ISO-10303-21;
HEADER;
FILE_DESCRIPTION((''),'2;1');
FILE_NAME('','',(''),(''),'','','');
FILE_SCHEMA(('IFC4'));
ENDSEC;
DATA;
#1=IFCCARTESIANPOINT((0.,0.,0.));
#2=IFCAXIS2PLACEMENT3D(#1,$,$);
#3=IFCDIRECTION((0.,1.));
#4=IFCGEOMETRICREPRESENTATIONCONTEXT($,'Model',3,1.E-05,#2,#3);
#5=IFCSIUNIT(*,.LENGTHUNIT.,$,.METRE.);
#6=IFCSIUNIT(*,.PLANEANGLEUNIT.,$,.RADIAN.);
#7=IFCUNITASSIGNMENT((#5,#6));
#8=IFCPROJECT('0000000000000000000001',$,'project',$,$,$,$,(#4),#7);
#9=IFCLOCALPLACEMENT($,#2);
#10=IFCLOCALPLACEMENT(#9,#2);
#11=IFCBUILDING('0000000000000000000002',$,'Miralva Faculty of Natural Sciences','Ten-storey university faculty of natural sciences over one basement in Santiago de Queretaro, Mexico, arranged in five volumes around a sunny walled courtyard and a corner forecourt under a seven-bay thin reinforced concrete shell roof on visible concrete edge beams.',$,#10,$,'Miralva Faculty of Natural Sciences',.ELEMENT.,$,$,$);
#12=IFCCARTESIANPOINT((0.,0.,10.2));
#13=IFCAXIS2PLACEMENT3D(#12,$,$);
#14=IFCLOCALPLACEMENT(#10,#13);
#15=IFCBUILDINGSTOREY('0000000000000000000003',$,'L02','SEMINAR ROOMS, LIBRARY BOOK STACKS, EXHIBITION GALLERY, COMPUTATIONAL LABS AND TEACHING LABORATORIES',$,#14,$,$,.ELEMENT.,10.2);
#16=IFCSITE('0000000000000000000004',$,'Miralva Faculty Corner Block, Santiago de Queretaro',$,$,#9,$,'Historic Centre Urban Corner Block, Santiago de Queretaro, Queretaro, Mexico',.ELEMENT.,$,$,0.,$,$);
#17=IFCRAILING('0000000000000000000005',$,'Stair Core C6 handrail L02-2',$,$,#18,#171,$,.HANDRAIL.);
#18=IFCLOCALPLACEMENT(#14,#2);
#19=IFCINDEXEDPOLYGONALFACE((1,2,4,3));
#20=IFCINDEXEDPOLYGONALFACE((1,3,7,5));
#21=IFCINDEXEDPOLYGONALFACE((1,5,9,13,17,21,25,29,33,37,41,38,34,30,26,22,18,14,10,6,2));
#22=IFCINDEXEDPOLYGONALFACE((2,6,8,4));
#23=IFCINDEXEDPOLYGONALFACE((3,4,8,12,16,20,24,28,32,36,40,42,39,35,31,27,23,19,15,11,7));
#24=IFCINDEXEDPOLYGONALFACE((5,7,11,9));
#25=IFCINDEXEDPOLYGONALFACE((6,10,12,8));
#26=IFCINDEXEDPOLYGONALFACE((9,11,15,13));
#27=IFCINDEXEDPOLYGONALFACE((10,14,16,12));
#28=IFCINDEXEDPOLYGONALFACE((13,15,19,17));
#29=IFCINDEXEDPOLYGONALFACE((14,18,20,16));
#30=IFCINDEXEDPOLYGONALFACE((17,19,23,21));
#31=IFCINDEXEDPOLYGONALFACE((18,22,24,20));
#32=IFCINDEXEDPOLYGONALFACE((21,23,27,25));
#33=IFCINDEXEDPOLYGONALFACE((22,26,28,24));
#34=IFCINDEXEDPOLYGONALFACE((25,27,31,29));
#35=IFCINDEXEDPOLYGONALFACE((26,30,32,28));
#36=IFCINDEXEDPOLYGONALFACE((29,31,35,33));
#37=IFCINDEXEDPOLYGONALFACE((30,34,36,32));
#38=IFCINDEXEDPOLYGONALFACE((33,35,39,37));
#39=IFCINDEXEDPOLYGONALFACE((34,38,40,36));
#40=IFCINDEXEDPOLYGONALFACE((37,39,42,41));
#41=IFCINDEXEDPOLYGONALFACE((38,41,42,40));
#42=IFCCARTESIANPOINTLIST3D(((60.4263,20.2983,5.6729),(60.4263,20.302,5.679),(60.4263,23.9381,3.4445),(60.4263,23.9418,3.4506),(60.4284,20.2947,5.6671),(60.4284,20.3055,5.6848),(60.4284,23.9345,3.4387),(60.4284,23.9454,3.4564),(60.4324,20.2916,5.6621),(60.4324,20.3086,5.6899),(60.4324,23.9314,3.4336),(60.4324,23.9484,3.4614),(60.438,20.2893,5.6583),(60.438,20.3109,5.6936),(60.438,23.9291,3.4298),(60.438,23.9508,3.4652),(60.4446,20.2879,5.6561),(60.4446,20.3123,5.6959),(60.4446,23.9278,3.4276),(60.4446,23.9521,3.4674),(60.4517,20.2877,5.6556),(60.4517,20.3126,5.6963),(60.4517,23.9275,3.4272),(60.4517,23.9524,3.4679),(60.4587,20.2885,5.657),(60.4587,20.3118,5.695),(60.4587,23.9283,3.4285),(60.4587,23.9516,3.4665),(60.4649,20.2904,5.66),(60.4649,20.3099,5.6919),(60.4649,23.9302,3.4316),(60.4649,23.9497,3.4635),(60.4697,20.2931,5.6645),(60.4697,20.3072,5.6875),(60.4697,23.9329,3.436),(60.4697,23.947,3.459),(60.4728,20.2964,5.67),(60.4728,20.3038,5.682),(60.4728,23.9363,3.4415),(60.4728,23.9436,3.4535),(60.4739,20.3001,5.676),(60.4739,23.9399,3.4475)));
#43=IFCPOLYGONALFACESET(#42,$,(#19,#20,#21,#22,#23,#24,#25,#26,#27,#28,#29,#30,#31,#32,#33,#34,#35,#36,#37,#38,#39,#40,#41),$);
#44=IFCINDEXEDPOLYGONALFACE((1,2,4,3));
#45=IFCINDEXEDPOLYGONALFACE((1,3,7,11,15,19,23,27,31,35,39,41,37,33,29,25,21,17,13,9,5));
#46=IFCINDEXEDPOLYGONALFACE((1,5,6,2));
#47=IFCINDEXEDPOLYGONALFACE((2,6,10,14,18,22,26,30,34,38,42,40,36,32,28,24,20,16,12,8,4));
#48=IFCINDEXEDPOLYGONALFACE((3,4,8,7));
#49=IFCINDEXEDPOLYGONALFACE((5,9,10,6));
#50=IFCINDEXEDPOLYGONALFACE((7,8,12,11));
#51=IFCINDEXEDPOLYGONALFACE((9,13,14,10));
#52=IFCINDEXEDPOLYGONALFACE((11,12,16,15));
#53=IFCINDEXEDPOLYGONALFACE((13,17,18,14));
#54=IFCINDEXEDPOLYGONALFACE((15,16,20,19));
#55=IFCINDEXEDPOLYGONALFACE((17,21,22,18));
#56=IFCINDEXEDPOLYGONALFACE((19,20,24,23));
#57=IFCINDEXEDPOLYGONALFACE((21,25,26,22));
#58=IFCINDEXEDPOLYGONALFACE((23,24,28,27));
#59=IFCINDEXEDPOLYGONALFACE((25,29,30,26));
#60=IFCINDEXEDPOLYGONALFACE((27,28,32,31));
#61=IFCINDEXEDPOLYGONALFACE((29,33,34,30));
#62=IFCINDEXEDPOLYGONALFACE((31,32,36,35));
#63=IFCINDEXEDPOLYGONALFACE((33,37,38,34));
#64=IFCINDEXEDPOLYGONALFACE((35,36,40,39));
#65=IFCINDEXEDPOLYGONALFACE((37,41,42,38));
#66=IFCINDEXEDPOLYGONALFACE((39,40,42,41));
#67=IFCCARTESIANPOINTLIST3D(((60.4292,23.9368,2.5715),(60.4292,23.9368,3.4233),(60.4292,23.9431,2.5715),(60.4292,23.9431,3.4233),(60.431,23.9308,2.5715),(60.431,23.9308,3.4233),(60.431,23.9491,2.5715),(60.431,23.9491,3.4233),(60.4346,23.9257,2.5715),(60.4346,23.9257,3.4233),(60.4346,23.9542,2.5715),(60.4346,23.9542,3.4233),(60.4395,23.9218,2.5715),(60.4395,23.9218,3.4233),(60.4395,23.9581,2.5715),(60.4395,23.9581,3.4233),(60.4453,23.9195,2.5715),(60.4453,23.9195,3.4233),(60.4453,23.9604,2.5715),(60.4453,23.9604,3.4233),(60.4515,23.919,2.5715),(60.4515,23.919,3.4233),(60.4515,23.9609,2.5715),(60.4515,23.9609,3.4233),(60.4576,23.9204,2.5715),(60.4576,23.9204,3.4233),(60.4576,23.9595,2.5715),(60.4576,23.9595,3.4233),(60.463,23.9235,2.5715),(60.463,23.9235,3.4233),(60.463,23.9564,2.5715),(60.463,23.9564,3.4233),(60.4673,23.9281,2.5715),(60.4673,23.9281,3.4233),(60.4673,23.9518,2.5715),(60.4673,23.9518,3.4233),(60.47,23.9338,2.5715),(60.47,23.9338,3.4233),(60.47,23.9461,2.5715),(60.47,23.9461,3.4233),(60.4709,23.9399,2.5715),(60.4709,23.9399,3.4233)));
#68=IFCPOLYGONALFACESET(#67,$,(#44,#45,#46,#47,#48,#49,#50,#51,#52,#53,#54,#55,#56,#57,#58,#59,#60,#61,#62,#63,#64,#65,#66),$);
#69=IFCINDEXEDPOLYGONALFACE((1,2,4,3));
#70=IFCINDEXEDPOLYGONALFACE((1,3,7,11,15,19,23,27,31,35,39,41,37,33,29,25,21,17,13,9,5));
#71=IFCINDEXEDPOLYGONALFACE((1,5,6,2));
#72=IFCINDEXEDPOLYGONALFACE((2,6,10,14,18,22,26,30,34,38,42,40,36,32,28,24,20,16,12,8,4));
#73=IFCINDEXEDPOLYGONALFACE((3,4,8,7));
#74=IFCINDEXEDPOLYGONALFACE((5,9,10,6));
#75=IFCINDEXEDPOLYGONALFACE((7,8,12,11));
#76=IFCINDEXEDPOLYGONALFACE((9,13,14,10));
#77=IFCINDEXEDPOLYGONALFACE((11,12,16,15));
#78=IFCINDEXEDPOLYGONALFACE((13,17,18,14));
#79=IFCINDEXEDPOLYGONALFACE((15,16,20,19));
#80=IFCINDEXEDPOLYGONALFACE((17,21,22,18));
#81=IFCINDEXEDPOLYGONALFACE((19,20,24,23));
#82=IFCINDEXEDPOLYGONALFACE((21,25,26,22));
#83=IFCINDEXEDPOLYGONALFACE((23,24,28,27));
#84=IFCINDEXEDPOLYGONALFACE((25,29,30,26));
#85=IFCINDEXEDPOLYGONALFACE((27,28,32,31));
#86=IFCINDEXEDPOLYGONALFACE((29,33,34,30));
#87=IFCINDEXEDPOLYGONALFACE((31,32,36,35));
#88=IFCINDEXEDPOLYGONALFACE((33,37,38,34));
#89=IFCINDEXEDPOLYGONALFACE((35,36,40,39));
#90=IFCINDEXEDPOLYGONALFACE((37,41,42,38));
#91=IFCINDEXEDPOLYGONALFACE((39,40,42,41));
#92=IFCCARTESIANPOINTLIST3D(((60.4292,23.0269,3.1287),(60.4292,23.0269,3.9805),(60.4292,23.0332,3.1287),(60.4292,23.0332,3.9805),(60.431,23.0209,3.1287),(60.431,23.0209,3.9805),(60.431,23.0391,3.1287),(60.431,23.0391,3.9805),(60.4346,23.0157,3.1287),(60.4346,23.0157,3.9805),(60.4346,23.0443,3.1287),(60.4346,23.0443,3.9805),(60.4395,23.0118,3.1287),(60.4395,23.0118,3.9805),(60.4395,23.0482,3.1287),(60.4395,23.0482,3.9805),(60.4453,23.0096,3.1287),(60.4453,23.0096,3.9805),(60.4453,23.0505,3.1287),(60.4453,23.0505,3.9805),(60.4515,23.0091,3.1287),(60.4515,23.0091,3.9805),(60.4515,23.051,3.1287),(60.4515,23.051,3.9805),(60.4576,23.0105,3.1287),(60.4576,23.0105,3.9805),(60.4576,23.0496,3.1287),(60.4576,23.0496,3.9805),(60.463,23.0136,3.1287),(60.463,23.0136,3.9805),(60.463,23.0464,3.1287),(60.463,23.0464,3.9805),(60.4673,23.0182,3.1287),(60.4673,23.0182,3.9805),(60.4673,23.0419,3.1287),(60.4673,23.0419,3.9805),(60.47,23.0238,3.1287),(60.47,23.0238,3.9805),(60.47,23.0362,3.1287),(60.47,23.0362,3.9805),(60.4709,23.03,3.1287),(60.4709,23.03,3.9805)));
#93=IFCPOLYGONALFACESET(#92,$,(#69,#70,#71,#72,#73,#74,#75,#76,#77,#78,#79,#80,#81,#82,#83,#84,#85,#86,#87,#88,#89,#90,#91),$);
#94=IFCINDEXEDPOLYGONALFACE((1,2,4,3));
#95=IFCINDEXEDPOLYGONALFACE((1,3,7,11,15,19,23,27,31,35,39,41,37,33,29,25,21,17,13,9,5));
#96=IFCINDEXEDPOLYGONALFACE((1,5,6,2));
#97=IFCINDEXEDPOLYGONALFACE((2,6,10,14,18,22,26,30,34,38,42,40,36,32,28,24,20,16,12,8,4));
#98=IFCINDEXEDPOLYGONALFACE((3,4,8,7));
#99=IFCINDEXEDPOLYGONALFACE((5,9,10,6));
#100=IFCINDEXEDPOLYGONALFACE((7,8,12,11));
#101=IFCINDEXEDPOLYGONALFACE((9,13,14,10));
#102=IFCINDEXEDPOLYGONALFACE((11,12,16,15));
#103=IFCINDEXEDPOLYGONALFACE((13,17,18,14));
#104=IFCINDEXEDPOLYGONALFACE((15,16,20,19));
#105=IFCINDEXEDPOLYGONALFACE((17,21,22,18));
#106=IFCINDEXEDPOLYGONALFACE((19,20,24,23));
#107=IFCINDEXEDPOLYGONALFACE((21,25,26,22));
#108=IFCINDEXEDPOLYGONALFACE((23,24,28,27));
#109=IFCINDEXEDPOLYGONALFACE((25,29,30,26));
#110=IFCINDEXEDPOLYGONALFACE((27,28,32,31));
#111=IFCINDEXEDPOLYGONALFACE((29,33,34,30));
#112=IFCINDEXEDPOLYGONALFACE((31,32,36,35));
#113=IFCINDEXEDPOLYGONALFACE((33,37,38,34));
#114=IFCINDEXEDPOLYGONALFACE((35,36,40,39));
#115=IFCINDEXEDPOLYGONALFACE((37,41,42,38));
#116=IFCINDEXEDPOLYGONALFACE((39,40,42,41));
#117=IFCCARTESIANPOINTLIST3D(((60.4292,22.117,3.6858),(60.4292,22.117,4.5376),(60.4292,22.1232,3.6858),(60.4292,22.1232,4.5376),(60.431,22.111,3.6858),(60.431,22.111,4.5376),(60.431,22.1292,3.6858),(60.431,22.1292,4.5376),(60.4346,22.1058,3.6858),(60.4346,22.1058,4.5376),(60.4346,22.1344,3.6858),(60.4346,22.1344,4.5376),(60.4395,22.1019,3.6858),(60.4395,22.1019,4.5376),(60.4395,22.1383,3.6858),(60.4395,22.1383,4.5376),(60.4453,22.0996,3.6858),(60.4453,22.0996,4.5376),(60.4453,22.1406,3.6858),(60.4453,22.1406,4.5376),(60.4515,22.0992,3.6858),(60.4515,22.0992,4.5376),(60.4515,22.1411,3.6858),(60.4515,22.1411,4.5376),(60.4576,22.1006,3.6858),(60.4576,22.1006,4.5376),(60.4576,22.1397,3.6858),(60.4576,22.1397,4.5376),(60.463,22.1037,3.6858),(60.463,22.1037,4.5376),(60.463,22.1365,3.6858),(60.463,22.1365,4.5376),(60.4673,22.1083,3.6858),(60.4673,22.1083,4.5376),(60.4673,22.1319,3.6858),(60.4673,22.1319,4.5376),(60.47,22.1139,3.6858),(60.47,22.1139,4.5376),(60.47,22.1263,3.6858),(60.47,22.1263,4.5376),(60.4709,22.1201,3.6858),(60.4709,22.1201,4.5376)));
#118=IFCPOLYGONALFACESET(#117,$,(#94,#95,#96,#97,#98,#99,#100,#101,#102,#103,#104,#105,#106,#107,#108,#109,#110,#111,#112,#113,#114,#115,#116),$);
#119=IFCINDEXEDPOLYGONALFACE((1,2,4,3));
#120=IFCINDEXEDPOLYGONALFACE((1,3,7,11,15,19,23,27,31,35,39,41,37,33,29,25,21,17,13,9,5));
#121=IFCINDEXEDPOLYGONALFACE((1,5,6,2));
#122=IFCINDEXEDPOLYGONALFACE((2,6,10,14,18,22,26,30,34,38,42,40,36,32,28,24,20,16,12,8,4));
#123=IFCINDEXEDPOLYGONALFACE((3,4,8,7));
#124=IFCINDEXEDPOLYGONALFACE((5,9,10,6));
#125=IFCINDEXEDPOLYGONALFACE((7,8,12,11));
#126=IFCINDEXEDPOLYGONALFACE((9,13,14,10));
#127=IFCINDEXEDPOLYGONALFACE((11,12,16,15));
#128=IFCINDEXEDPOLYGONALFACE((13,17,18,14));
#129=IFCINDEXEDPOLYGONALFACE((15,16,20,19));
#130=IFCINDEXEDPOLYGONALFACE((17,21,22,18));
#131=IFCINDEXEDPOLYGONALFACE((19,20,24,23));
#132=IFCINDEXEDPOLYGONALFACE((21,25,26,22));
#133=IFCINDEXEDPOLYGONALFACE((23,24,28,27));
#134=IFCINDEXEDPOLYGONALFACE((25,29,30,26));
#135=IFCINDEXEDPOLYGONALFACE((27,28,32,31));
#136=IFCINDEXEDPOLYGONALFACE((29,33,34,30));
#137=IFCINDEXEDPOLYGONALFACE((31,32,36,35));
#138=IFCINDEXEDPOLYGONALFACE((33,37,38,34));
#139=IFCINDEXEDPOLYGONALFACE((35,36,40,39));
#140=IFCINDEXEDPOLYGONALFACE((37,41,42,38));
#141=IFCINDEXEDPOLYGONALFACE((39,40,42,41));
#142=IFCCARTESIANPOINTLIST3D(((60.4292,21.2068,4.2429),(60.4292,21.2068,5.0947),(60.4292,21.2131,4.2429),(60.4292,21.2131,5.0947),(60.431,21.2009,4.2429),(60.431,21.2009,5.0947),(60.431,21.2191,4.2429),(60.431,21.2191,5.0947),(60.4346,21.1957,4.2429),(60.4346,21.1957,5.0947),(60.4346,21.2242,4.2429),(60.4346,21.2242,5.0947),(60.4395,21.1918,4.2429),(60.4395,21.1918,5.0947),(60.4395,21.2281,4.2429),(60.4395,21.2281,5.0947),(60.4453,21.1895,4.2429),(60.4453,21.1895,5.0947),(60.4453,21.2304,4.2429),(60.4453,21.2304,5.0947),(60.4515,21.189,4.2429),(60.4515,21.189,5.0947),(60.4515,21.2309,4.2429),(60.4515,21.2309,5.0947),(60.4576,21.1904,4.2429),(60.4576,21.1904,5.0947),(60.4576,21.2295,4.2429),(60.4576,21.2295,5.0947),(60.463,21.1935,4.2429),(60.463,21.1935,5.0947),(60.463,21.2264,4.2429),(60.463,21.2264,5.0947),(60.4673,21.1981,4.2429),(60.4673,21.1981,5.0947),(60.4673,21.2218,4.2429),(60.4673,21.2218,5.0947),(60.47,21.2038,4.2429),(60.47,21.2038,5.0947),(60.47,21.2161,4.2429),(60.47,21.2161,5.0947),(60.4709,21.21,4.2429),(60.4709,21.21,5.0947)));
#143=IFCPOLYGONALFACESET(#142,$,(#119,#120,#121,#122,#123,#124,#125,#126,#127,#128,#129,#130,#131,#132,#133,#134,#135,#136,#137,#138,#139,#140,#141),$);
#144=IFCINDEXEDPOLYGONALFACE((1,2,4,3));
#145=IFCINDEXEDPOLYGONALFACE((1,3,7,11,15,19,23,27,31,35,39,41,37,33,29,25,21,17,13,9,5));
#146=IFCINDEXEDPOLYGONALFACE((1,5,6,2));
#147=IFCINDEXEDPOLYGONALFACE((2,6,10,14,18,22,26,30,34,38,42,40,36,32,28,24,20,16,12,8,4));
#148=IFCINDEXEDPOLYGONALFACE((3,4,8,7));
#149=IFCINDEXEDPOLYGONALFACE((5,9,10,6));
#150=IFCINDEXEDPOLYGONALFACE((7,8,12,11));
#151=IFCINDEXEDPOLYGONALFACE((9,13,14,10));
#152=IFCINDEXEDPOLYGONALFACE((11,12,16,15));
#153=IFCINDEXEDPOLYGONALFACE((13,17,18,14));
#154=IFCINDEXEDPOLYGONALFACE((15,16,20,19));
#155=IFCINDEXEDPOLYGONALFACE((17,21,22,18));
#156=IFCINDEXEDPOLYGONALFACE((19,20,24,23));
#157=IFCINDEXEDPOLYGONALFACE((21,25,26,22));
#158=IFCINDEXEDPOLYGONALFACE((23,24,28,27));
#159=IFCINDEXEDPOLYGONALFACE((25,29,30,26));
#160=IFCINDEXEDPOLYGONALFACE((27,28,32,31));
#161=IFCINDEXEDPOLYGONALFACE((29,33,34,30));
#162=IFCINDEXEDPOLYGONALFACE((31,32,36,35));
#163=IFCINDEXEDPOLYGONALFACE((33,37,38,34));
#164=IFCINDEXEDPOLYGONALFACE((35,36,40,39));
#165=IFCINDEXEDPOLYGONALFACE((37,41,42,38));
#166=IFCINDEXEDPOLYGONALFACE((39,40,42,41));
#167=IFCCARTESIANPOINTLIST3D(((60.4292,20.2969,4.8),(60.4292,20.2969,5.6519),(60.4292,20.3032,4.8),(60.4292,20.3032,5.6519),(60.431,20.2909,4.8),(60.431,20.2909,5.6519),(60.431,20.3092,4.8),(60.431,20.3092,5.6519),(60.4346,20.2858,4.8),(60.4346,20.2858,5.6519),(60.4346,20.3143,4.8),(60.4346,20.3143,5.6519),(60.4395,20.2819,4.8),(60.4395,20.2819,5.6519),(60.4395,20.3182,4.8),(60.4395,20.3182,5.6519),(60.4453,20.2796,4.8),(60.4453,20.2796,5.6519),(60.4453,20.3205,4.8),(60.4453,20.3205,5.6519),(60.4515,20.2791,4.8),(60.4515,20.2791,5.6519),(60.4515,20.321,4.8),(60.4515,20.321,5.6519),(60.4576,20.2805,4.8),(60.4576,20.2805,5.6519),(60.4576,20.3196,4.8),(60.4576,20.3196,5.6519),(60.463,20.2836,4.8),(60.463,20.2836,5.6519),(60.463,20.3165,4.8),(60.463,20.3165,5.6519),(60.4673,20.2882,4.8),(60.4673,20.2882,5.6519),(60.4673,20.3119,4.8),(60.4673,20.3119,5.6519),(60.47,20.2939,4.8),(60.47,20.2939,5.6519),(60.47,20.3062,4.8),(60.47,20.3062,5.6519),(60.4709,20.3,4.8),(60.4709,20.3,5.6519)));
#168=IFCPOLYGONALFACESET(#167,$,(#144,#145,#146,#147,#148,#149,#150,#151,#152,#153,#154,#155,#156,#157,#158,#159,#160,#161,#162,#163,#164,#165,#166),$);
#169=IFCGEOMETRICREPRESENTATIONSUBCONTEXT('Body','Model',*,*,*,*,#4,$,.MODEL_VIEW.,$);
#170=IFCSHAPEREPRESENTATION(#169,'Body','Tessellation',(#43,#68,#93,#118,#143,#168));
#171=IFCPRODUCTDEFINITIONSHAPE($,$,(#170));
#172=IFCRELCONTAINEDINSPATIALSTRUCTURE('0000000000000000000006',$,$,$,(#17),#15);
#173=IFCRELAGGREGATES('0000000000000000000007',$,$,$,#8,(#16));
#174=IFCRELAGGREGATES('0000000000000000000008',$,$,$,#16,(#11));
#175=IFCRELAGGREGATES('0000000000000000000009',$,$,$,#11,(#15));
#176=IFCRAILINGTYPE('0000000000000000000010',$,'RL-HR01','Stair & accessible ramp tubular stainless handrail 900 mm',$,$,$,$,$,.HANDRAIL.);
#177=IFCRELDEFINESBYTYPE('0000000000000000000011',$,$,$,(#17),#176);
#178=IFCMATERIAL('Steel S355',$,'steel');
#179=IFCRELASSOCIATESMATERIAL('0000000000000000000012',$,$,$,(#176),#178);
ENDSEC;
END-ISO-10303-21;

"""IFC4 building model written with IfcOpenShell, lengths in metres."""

from ifc_helpers import new_model, si_unit, direction, frame, origin, origin_2d, place, context, subcontext, project, spatial, circle, extrude, material, type_object, element, save


model = new_model("IFC4")

# Units and contexts
model_context = context("Model", 3, precision=1e-05, world=origin(), true_north=direction((0.0, 1.0)))
body_context = subcontext(model_context, "Body", "Model", "MODEL_VIEW")
ifc_project = project(units=[si_unit("LENGTHUNIT", "METRE"), si_unit("PLANEANGLEUNIT", "RADIAN")], contexts=[model_context])

# Site, building, storey
site_placement = place(None, origin())
site = spatial("IfcSite", under=ifc_project, at=site_placement, Name="Miralva Faculty Corner Block, Santiago de Queretaro", LongName="Historic Centre Urban Corner Block, Santiago de Queretaro, Queretaro, Mexico", CompositionType="ELEMENT", RefElevation=0.0)
building_placement = place(site_placement, origin())
building = spatial("IfcBuilding", under=site, at=building_placement, Name="Miralva Faculty of Natural Sciences", Description="Ten-storey university faculty of natural sciences over one basement in Santiago de Queretaro, Mexico, arranged in five volumes around a sunny walled courtyard and a corner forecourt under a seven-bay thin reinforced concrete shell roof on visible concrete edge beams.", LongName="Miralva Faculty of Natural Sciences", CompositionType="ELEMENT")
storey_placement = place(building_placement, frame((0.0, 0.0, 10.2)))
storey = spatial("IfcBuildingStorey", under=building, at=storey_placement, Name="L02", Description="SEMINAR ROOMS, LIBRARY BOOK STACKS, EXHIBITION GALLERY, COMPUTATIONAL LABS AND TEACHING LABORATORIES", CompositionType="ELEMENT", Elevation=10.2)

# Railing
ifc_material_1 = material(Name="Steel S355", Category="steel")
railing_type_1 = type_object("IfcRailingType", Name="RL-HR01", Description="Stair & accessible ramp tubular stainless handrail 900 mm", PredefinedType="HANDRAIL", material=ifc_material_1)
railing_1_placement = place(storey_placement, frame((60.45, 23.9399, 2.5715)))
element("IfcRailing", 1, at=railing_1_placement, inside=storey, type_object=railing_type_1, Name="Stair Core C6 handrail L02-2", PredefinedType="HANDRAIL", context=body_context, shape_type="SweptSolid", body=[
    extrude(circle(Radius=0.0239, at=origin_2d()), frame((0.0, 0.0, 0.876), z_axis=(0.0, -0.85285, 0.522156), x_axis=(1.0, 0.0, 0.0)), (0.0, 0.0, 1.0), 4.2678),
    extrude(circle(Radius=0.021, at=origin_2d()), origin(), (0.0, 0.0, 1.0), 0.8518),
    extrude(circle(Radius=0.021, at=origin_2d()), frame((0.0, -0.9099, 0.5571)), (0.0, 0.0, 1.0), 0.8518),
    extrude(circle(Radius=0.021, at=origin_2d()), frame((0.0, -1.8198, 1.1143)), (0.0, 0.0, 1.0), 0.8518),
    extrude(circle(Radius=0.021, at=origin_2d()), frame((0.0, -2.73, 1.6714)), (0.0, 0.0, 1.0), 0.8518),
    extrude(circle(Radius=0.021, at=origin_2d()), frame((0.0, -3.6399, 2.2285)), (0.0, 0.0, 1.0), 0.8518),
])

save(model, "model.ifc")
